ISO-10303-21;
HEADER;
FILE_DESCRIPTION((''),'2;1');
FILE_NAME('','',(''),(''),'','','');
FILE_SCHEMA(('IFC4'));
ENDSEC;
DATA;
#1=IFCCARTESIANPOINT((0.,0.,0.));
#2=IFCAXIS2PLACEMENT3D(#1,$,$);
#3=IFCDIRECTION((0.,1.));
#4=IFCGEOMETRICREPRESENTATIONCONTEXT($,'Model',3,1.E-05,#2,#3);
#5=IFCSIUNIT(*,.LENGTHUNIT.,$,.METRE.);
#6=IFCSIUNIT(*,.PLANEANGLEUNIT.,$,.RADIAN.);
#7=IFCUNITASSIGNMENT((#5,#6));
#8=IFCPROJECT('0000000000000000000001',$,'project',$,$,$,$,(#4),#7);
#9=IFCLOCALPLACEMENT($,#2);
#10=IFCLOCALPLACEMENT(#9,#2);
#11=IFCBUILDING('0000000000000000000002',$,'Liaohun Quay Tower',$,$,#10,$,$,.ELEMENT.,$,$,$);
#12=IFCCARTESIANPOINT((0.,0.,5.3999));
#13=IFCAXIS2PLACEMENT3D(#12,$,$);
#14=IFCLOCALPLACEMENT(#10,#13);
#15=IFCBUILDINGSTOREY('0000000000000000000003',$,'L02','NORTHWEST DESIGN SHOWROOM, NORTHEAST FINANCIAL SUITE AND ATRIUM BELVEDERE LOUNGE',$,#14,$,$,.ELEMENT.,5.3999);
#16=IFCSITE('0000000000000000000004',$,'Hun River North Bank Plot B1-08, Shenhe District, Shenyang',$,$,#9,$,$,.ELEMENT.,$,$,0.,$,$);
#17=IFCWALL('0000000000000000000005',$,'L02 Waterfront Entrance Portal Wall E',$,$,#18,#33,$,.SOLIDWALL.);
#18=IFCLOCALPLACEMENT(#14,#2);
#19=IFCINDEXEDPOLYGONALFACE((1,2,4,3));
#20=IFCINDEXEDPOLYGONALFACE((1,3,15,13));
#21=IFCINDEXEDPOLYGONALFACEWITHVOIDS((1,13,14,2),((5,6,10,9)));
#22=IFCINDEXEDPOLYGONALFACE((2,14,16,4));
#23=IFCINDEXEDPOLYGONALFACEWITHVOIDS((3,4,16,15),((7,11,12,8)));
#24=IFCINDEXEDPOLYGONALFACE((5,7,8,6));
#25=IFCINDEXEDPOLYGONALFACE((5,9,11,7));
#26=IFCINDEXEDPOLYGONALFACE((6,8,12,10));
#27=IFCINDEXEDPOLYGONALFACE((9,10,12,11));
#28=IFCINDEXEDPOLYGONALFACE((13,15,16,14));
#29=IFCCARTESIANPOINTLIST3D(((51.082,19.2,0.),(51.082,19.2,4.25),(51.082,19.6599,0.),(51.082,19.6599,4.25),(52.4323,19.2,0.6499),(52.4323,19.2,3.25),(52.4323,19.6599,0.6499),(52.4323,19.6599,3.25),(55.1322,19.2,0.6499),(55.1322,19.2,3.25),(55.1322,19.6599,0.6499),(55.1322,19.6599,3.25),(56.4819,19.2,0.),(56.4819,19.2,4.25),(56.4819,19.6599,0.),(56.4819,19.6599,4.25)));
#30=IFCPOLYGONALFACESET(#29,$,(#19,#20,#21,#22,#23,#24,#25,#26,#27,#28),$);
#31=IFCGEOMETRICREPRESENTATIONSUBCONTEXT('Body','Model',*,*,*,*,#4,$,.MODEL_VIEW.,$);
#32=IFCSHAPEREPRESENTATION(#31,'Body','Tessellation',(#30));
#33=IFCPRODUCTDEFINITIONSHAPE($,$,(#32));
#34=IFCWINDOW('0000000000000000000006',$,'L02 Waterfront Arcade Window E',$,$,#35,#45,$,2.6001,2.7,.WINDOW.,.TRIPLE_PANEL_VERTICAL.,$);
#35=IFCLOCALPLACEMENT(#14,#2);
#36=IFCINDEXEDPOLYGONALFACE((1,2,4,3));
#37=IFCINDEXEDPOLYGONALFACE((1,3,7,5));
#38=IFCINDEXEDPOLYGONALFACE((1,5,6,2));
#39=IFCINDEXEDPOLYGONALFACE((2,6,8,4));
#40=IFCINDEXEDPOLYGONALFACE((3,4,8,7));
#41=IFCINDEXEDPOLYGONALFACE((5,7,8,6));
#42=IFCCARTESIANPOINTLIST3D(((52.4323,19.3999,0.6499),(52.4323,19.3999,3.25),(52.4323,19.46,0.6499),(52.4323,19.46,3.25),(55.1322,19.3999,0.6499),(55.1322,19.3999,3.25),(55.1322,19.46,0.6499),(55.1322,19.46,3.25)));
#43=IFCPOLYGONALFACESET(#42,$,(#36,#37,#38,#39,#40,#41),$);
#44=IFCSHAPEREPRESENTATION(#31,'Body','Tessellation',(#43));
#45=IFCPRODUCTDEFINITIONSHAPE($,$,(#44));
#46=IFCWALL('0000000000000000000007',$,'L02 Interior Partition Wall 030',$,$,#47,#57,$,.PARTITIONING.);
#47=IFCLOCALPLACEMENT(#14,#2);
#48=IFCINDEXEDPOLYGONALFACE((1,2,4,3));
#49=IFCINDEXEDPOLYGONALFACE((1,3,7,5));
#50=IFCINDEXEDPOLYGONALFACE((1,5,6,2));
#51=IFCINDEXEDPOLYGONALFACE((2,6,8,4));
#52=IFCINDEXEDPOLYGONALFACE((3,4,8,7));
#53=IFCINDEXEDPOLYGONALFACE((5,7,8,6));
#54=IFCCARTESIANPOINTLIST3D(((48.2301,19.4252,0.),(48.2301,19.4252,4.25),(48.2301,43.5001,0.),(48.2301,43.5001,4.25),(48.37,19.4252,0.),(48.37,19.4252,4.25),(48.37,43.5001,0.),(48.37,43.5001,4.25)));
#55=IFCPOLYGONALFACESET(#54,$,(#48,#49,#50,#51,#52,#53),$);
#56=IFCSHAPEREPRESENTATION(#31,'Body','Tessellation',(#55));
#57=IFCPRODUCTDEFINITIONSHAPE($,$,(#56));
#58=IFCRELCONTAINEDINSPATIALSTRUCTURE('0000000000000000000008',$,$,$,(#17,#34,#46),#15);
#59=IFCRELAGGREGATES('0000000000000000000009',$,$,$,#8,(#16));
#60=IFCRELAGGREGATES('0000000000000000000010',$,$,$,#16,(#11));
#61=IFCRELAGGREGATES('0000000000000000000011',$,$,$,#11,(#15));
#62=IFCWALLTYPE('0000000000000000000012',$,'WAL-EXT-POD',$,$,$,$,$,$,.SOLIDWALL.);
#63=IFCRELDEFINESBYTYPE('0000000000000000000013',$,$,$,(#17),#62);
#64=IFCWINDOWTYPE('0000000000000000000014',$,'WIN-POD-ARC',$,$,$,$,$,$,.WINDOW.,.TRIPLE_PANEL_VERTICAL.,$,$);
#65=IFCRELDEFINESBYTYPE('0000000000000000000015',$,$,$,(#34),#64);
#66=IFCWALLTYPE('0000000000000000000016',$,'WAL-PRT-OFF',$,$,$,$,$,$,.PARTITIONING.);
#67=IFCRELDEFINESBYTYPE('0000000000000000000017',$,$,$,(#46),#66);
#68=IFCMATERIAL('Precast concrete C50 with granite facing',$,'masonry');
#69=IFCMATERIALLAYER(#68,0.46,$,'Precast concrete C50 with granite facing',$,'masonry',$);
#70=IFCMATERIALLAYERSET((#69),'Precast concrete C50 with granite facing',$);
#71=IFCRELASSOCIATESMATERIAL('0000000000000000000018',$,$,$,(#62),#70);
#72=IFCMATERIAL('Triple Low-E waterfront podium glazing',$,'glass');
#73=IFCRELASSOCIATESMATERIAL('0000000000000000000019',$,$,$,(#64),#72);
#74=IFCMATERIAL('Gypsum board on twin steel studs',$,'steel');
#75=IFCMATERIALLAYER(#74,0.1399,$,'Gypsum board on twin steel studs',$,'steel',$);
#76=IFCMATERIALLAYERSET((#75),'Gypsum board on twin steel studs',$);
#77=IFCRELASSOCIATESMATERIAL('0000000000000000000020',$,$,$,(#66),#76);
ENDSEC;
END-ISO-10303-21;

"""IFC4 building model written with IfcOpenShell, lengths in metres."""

from ifc_helpers import new_model, si_unit, direction, frame, frame_2d, origin, place, context, subcontext, project, spatial, rectangle, extrude, source, transform, mapped, material, layer, layer_set, type_object, element, fill, save


model = new_model("IFC4")

# Units and contexts
model_context = context("Model", 3, precision=1e-05, world=origin(), true_north=direction((0.0, 1.0)))
body_context = subcontext(model_context, "Body", "Model", "MODEL_VIEW")
ifc_project = project(units=[si_unit("LENGTHUNIT", "METRE"), si_unit("PLANEANGLEUNIT", "RADIAN")], contexts=[model_context])

# Site, building, storey
site_placement = place(None, origin())
site = spatial("IfcSite", under=ifc_project, at=site_placement, Name="Hun River North Bank Plot B1-08, Shenhe District, Shenyang", CompositionType="ELEMENT", RefElevation=0.0)
building_placement = place(site_placement, origin())
building = spatial("IfcBuilding", under=site, at=building_placement, Name="Liaohun Quay Tower", CompositionType="ELEMENT")
storey_placement = place(building_placement, frame((0.0, 0.0, 5.3999)))
storey = spatial("IfcBuildingStorey", under=building, at=storey_placement, Name="L02", Description="NORTHWEST DESIGN SHOWROOM, NORTHEAST FINANCIAL SUITE AND ATRIUM BELVEDERE LOUNGE", CompositionType="ELEMENT", Elevation=5.3999)

# Shared definitions
ifc_material_1 = material(Name="Precast concrete C50 with granite facing", Category="masonry")
ifc_layer_1 = layer(ifc_material_1, 0.46, Name="Precast concrete C50 with granite facing", Category="masonry")
ifc_layer_set_1 = layer_set([ifc_layer_1], Name="Precast concrete C50 with granite facing")
wall_type_1 = type_object("IfcWallType", Name="WAL-EXT-POD", PredefinedType="SOLIDWALL", material=ifc_layer_set_1)

# Wall, opening, window
wall_1_placement = place(storey_placement, frame((51.082, 19.4299, 0.0), z_axis=(0.0, 0.0, 1.0), x_axis=(1.0, 0.0, 0.0)))
wall_1 = element("IfcWall", 1, at=wall_1_placement, inside=storey, type_object=wall_type_1, Name="L02 Waterfront Entrance Portal Wall E", PredefinedType="SOLIDWALL", context=body_context, shape_type="SweptSolid", body=[
    extrude(rectangle(XDim=5.3999, YDim=0.46, at=frame_2d((2.7, 0.0))), origin(), (0.0, 0.0, 1.0), 4.25),
])
shared_shape_1 = source(origin(), body_context, "Body", "SweptSolid", [
    extrude(rectangle(XDim=2.7, YDim=2.6001, at=frame_2d((1.3501, 1.3))), frame((0.0, 0.24, 0.0), z_axis=(0.0, -1.0, 0.0), x_axis=(1.0, 0.0, 0.0)), (0.0, 0.0, 1.0), 0.48),
])
opening_placement = place(wall_1_placement, frame((1.3501, 0.0, 0.6499)))
opening = element("IfcOpeningElement", 2, at=opening_placement, cuts=wall_1, PredefinedType="OPENING", context=body_context, shape_type="MappedRepresentation", body=[
    mapped(shared_shape_1, transform((0.0, 0.0, 0.0), x_axis=(1.0, 0.0, 0.0), y_axis=(0.0, 1.0, 0.0), z_axis=(0.0, 0.0, 1.0), scale=1.0)),
])
ifc_material_2 = material(Name="Triple Low-E waterfront podium glazing", Category="glass")
window_type = type_object("IfcWindowType", Name="WIN-POD-ARC", PartitioningType="TRIPLE_PANEL_VERTICAL", PredefinedType="WINDOW", material=ifc_material_2)
shared_shape_2 = source(origin(), body_context, "Body", "SweptSolid", [
    extrude(rectangle(XDim=2.7, YDim=2.6001, at=frame_2d((1.3501, 1.3))), frame((0.0, 0.03, 0.0), z_axis=(0.0, -1.0, 0.0), x_axis=(1.0, 0.0, 0.0)), (0.0, 0.0, 1.0), 0.0601),
])
window_placement = place(opening_placement, origin())
window = element("IfcWindow", 3, at=window_placement, inside=storey, type_object=window_type, Name="L02 Waterfront Arcade Window E", OverallHeight=2.6001, OverallWidth=2.7, PartitioningType="TRIPLE_PANEL_VERTICAL", PredefinedType="WINDOW", context=body_context, shape_type="MappedRepresentation", body=[
    mapped(shared_shape_2, transform((0.0, 0.0, 0.0), x_axis=(1.0, 0.0, 0.0), y_axis=(0.0, 1.0, 0.0), z_axis=(0.0, 0.0, 1.0), scale=1.0)),
])
fill(opening, window)

# Wall
ifc_material_3 = material(Name="Gypsum board on twin steel studs", Category="steel")
ifc_layer_2 = layer(ifc_material_3, 0.1399, Name="Gypsum board on twin steel studs", Category="steel")
ifc_layer_set_2 = layer_set([ifc_layer_2], Name="Gypsum board on twin steel studs")
wall_type_2 = type_object("IfcWallType", Name="WAL-PRT-OFF", PredefinedType="PARTITIONING", material=ifc_layer_set_2)
wall_2_placement = place(storey_placement, frame((48.3, 19.425, 0.0), z_axis=(0.0, 0.0, 1.0), x_axis=(0.0, 1.0, 0.0)))
element("IfcWall", 4, at=wall_2_placement, inside=storey, type_object=wall_type_2, Name="L02 Interior Partition Wall 030", PredefinedType="PARTITIONING", context=body_context, shape_type="SweptSolid", body=[
    extrude(rectangle(XDim=24.075, YDim=0.1399, at=frame_2d((12.0376, 0.0))), origin(), (0.0, 0.0, 1.0), 4.25),
])

save(model, "model.ifc")
